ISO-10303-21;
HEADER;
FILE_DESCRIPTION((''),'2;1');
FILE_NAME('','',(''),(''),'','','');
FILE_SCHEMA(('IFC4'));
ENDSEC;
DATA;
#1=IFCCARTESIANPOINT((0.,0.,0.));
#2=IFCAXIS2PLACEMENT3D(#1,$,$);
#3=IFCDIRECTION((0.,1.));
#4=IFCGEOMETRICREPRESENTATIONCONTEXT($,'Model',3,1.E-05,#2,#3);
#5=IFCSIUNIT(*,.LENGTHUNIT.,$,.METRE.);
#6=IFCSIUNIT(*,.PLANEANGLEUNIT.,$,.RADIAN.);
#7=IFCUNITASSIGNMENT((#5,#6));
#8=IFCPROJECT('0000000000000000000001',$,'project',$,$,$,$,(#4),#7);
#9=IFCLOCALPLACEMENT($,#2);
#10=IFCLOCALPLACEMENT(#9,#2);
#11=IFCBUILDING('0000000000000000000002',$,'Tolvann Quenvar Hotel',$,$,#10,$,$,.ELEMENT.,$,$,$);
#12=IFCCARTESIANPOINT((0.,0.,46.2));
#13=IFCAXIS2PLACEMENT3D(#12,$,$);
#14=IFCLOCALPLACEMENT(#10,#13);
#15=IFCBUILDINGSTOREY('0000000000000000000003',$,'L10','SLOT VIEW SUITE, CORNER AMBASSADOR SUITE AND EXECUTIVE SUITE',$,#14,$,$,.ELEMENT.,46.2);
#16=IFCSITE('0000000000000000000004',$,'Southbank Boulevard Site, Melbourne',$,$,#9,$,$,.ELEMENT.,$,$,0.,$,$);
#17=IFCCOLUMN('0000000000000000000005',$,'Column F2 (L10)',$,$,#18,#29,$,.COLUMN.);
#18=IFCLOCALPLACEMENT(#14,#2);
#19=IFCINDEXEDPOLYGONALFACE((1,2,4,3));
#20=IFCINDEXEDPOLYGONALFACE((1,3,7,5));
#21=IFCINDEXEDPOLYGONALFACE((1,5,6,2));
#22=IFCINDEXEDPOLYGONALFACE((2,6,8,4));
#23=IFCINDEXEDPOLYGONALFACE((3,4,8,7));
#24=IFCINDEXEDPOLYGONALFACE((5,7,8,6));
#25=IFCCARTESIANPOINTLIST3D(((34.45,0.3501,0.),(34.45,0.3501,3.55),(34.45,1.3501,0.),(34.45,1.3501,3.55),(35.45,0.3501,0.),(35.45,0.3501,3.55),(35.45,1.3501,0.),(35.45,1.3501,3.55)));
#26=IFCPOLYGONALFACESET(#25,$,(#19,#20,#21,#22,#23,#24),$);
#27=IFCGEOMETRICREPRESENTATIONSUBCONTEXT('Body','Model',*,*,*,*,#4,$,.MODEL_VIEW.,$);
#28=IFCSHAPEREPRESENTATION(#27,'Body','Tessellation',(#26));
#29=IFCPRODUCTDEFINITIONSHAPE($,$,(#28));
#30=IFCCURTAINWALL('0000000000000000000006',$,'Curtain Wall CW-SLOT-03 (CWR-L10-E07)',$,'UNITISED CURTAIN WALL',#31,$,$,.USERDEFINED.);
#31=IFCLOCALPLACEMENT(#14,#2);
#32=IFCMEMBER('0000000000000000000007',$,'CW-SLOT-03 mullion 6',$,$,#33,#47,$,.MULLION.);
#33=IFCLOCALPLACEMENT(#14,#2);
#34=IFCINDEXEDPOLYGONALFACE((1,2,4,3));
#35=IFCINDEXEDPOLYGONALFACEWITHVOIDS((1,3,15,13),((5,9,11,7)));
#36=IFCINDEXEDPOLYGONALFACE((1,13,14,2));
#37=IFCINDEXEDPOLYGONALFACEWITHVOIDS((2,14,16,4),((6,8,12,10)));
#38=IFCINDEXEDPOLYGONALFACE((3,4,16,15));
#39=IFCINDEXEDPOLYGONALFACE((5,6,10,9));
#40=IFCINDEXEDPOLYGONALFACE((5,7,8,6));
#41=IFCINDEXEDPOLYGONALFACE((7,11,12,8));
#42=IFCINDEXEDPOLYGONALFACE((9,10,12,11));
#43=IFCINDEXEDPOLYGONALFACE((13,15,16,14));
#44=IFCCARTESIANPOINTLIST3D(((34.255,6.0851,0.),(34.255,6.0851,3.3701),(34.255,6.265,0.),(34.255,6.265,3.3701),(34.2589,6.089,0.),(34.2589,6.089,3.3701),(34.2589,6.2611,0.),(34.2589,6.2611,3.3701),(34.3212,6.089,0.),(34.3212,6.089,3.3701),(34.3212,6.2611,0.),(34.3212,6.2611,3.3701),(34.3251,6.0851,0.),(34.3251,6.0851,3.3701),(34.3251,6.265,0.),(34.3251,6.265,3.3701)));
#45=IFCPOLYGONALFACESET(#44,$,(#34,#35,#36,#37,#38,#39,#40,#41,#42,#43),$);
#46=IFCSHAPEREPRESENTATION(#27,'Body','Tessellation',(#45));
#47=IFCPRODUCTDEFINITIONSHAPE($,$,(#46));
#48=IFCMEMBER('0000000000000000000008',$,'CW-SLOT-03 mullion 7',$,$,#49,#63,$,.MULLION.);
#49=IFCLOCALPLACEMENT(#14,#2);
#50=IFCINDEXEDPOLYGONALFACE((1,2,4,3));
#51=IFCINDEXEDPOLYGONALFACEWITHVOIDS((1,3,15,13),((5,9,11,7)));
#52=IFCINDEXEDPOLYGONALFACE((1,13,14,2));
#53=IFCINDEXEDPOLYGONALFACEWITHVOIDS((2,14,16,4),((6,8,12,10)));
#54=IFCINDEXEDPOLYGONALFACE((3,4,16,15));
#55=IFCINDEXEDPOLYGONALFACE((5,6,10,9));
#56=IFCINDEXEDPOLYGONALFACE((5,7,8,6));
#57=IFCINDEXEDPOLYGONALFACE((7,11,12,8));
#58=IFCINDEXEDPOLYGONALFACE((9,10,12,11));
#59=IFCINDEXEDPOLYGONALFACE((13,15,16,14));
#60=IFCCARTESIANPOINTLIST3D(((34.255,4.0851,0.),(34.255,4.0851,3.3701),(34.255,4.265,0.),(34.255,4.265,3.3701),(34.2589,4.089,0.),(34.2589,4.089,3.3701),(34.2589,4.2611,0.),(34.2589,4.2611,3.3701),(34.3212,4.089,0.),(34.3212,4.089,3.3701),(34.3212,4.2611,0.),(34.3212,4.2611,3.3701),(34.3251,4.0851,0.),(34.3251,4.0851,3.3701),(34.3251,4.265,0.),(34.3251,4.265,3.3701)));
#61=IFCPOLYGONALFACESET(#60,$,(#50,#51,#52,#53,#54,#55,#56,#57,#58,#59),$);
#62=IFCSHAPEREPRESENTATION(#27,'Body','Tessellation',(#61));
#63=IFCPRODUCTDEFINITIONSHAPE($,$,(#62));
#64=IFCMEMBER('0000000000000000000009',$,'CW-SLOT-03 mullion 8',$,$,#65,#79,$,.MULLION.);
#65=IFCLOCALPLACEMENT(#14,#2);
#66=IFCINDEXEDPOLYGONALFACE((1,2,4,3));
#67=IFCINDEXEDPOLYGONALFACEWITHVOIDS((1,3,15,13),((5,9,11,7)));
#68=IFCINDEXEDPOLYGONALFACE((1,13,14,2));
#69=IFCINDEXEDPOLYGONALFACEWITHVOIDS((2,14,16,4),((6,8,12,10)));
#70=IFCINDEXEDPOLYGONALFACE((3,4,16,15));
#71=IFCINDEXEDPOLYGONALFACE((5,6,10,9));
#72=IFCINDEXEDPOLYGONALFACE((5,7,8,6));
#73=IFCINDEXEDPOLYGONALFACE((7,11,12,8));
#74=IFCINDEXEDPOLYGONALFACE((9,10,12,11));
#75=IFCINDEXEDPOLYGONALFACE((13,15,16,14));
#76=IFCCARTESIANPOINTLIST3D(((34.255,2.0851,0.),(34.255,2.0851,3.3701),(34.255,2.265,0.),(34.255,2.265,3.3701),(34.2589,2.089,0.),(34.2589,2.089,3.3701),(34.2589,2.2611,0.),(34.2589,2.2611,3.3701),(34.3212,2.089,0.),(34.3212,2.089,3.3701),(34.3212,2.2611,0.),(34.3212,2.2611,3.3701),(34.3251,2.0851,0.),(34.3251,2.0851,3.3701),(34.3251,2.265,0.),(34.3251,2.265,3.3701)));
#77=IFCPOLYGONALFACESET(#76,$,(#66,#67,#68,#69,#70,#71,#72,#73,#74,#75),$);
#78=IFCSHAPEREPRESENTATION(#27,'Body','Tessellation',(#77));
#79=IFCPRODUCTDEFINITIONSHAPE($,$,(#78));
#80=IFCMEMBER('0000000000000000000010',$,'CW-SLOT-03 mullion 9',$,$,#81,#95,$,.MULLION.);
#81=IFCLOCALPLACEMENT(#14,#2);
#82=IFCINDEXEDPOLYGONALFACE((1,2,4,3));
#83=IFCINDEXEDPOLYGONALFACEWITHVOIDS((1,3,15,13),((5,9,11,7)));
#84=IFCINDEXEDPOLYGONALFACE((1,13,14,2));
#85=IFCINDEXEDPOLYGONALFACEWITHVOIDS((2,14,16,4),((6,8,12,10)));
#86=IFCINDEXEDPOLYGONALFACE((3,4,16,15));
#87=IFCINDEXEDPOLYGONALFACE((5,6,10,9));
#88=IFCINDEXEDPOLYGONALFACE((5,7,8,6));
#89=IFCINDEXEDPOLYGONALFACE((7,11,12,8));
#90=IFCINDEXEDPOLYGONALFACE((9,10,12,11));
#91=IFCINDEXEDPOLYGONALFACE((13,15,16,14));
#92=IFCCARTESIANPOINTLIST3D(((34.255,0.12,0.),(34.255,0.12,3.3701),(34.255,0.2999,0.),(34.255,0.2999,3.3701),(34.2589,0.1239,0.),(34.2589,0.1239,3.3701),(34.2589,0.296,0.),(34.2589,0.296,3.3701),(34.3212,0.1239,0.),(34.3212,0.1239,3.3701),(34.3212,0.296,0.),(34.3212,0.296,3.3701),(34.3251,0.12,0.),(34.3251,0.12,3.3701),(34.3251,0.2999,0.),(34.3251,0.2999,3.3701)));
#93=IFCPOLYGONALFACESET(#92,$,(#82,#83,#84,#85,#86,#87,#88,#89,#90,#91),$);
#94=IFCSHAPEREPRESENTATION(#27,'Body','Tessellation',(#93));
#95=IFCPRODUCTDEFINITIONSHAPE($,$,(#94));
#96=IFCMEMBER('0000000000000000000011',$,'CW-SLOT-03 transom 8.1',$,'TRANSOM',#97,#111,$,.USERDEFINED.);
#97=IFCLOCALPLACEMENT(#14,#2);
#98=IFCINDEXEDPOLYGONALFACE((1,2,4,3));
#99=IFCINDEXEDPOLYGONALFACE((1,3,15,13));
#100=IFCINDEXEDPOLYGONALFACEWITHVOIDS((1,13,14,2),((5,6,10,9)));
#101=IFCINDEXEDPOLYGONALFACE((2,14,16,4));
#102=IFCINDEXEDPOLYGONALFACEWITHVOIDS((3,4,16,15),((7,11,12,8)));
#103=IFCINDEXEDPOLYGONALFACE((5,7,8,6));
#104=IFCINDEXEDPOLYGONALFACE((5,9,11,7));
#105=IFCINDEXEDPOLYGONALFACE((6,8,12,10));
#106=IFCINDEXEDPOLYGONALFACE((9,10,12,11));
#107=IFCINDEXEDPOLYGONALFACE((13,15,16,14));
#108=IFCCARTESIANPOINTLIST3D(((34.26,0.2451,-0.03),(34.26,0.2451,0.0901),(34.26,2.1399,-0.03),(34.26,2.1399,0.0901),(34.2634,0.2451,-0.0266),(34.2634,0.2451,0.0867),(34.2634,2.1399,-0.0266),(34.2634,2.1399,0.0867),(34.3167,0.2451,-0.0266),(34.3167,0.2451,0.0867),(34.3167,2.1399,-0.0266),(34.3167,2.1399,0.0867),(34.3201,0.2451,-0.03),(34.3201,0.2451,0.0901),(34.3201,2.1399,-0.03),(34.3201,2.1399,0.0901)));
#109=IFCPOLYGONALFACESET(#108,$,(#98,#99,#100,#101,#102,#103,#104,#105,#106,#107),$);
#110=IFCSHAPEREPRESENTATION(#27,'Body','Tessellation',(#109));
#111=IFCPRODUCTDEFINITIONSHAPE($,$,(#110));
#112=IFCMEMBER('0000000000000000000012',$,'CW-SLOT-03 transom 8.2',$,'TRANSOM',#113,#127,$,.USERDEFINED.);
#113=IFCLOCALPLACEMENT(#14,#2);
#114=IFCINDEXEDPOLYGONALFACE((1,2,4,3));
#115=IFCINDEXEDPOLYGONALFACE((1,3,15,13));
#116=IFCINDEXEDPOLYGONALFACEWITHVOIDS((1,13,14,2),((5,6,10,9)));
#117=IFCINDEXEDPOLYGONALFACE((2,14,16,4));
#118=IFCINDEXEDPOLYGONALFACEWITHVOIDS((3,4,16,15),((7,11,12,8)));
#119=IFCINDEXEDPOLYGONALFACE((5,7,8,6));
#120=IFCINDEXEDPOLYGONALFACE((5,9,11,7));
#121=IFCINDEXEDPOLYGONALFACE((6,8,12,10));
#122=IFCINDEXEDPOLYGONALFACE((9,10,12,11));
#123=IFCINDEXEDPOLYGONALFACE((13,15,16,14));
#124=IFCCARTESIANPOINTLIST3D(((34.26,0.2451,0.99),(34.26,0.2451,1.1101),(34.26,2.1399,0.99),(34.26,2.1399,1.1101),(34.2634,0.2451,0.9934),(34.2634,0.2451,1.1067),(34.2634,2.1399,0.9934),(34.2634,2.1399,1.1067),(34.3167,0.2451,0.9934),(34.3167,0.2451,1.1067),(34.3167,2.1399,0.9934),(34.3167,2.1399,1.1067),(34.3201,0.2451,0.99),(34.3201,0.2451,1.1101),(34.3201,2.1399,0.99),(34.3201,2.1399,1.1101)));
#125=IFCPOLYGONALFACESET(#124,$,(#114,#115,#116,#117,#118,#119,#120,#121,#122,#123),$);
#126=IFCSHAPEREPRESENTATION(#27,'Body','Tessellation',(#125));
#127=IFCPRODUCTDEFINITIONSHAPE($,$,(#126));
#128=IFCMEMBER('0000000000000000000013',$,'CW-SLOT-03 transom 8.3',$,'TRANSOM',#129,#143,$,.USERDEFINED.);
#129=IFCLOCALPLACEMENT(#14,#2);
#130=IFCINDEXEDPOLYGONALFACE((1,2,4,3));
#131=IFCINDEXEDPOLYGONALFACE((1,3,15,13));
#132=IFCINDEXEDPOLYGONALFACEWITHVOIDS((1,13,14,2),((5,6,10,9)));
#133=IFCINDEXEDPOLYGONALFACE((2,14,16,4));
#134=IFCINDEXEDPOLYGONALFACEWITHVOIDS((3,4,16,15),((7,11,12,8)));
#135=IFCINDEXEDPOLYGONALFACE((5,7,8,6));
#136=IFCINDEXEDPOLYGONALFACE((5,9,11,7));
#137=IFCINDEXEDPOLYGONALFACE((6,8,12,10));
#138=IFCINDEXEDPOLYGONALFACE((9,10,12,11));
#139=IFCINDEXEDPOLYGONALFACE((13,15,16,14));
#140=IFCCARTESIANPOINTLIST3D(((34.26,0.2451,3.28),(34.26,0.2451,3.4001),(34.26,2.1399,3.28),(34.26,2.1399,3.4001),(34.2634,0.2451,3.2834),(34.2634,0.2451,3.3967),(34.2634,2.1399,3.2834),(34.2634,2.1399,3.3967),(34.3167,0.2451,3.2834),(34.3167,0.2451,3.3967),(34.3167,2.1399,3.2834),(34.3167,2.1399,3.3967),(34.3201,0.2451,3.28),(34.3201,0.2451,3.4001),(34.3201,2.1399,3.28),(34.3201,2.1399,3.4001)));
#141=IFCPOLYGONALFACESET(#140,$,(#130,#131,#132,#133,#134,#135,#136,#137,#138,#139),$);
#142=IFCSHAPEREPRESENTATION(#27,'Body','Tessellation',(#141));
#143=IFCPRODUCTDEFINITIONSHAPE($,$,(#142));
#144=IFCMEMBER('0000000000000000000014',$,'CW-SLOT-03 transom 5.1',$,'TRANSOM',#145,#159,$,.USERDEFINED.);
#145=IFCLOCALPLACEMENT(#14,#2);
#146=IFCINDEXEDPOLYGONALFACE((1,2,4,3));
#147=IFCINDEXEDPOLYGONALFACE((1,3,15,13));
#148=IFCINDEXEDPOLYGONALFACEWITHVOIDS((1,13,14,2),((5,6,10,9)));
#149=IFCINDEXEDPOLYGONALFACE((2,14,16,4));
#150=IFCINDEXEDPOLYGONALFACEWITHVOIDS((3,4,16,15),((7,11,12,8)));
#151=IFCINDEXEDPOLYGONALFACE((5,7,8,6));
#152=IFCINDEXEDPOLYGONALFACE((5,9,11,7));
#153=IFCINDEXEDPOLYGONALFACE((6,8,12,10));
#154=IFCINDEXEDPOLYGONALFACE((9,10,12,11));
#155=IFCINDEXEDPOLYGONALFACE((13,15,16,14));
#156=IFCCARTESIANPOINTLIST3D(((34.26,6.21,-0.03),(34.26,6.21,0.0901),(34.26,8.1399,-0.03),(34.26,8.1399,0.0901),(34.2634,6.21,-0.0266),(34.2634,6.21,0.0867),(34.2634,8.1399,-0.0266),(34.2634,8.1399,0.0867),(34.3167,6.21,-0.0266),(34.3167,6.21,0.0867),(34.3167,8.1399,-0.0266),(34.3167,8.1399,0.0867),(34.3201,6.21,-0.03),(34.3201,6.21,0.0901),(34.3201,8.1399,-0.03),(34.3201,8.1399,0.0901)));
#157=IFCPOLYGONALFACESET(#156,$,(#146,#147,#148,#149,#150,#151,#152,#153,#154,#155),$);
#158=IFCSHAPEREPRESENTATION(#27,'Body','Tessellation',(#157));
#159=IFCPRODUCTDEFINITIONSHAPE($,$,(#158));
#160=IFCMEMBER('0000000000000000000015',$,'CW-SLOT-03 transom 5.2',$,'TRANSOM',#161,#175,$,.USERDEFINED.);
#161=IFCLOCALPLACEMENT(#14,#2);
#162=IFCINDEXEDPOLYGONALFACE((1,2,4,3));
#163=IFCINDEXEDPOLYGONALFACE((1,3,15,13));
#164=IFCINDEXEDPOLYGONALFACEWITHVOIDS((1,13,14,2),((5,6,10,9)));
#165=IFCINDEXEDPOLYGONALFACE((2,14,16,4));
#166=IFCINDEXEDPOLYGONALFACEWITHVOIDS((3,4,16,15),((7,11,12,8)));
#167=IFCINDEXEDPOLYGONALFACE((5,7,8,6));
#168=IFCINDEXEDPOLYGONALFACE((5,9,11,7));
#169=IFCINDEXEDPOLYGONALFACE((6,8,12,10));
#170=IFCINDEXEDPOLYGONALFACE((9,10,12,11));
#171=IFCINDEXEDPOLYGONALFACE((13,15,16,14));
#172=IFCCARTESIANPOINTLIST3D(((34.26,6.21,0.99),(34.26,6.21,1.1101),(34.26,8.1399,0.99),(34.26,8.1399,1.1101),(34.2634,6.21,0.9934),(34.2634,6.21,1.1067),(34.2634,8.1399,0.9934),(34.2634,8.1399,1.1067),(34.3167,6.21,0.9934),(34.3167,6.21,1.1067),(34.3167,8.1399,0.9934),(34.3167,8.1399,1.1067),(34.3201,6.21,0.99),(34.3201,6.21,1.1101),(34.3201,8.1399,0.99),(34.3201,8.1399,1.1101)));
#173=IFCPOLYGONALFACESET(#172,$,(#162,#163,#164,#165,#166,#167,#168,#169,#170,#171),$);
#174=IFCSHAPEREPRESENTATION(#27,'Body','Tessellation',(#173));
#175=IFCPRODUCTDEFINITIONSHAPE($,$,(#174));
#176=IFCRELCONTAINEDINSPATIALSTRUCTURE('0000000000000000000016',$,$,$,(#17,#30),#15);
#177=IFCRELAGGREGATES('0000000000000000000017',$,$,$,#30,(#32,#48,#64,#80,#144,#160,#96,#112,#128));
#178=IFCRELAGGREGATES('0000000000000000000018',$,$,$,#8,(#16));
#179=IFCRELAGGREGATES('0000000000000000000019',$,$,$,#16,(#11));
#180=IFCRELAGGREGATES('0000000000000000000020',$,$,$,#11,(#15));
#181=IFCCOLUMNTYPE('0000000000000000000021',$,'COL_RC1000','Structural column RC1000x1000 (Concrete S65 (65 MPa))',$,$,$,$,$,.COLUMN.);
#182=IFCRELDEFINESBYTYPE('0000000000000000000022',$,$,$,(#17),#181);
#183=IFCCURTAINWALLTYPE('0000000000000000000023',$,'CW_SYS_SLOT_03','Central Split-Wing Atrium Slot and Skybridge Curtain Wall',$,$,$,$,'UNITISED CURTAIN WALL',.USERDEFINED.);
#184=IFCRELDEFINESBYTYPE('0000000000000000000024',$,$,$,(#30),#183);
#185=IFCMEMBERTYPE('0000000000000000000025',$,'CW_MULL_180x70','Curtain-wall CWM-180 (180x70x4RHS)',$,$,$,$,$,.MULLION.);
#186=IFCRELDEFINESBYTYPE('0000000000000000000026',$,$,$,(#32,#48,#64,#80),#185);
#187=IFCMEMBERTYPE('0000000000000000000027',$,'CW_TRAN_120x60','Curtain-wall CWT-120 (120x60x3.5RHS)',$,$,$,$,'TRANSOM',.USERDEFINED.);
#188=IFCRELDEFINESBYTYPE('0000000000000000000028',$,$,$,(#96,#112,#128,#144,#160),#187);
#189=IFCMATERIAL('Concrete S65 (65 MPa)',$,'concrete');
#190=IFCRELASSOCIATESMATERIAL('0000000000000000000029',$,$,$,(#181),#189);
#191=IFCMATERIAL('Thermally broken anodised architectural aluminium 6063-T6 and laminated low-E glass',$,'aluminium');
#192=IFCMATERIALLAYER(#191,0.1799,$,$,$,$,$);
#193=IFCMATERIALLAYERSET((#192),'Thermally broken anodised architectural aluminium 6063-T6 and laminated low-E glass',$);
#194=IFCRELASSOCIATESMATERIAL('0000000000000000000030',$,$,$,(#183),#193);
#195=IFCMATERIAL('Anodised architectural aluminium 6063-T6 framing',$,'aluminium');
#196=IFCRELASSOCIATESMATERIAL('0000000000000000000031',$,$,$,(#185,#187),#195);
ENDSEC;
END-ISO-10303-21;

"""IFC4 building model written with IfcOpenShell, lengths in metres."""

from ifc_helpers import new_model, si_unit, direction, frame, origin, origin_2d, place, context, subcontext, project, spatial, rectangle, hollow_rectangle, extrude, source, transform, mapped, material, layer, layer_set, material_profile, profile_set, type_object, type_shapes, element, aggregate, save


model = new_model("IFC4")

# Units and contexts
model_context = context("Model", 3, precision=1e-05, world=origin(), true_north=direction((0.0, 1.0)))
body_context = subcontext(model_context, "Body", "Model", "MODEL_VIEW")
ifc_project = project(units=[si_unit("LENGTHUNIT", "METRE"), si_unit("PLANEANGLEUNIT", "RADIAN")], contexts=[model_context])

# Site, building, storey
site_placement = place(None, origin())
site = spatial("IfcSite", under=ifc_project, at=site_placement, Name="Southbank Boulevard Site, Melbourne", CompositionType="ELEMENT", RefElevation=0.0)
building_placement = place(site_placement, origin())
building = spatial("IfcBuilding", under=site, at=building_placement, Name="Tolvann Quenvar Hotel", CompositionType="ELEMENT")
storey_placement = place(building_placement, frame((0.0, 0.0, 46.2)))
storey = spatial("IfcBuildingStorey", under=building, at=storey_placement, Name="L10", Description="SLOT VIEW SUITE, CORNER AMBASSADOR SUITE AND EXECUTIVE SUITE", CompositionType="ELEMENT", Elevation=46.2)

# Column
ifc_material_1 = material(Name="Concrete S65 (65 MPa)", Category="concrete")
ifc_material_profile_1 = material_profile(ifc_material_1, rectangle(XDim=1.0, YDim=1.0, at=origin_2d()), Name="RC1000x1000")
ifc_profile_set_1 = profile_set([ifc_material_profile_1], Name="Concrete S65 (65 MPa)")
column_type = type_object("IfcColumnType", Name="COL_RC1000", Description="Structural column RC1000x1000 (Concrete S65 (65 MPa))", PredefinedType="COLUMN", material=ifc_profile_set_1)
shared_shape_1 = source(origin(), body_context, "Body", "SweptSolid", [
    extrude(rectangle(XDim=1.0, YDim=1.0, at=origin_2d()), origin(), (0.0, 0.0, 1.0), 3.55),
])
type_shapes(column_type, [shared_shape_1])
column_placement = place(storey_placement, frame((34.95, 0.8501, 0.0), z_axis=(0.0, 0.0, 1.0), x_axis=(1.0, 0.0, 0.0)))
element("IfcColumn", 1, at=column_placement, inside=storey, type_object=column_type, Name="Column F2 (L10)", PredefinedType="COLUMN", context=body_context, shape_type="MappedRepresentation", body=[
    mapped(shared_shape_1, transform((0.0, 0.0, 0.0), x_axis=(1.0, 0.0, 0.0), y_axis=(0.0, 1.0, 0.0), z_axis=(0.0, 0.0, 1.0), scale=1.0)),
])

# Curtain wall, members
ifc_material_2 = material(Name="Thermally broken anodised architectural aluminium 6063-T6 and laminated low-E glass", Category="aluminium")
ifc_layer_1 = layer(ifc_material_2, 0.1799)
ifc_layer_set_1 = layer_set([ifc_layer_1], Name="Thermally broken anodised architectural aluminium 6063-T6 and laminated low-E glass")
curtain_wall_type = type_object("IfcCurtainWallType", Name="CW_SYS_SLOT_03", Description="Central Split-Wing Atrium Slot and Skybridge Curtain Wall", ElementType="UNITISED CURTAIN WALL", PredefinedType="USERDEFINED", material=ifc_layer_set_1)
curtain_wall_placement = place(storey_placement, origin())
curtain_wall = element("IfcCurtainWall", 2, at=curtain_wall_placement, inside=storey, type_object=curtain_wall_type, Name="Curtain Wall CW-SLOT-03 (CWR-L10-E07)", ObjectType="UNITISED CURTAIN WALL", PredefinedType="USERDEFINED")
ifc_material_3 = material(Name="Anodised architectural aluminium 6063-T6 framing", Category="aluminium")
ifc_material_profile_2 = material_profile(ifc_material_3, hollow_rectangle(XDim=0.0701, YDim=0.1799, WallThickness=0.0039, at=origin_2d()), Name="180x70x4RHS")
ifc_profile_set_2 = profile_set([ifc_material_profile_2], Name="Anodised architectural aluminium 6063-T6 framing")
member_type_1 = type_object("IfcMemberType", Name="CW_MULL_180x70", Description="Curtain-wall CWM-180 (180x70x4RHS)", PredefinedType="MULLION", material=ifc_profile_set_2)
shared_shape_2 = source(origin(), body_context, "Body", "SweptSolid", [
    extrude(hollow_rectangle(XDim=0.0701, YDim=0.1799, WallThickness=0.0039, at=origin_2d()), origin(), (0.0, 0.0, 1.0), 3.3701),
])
type_shapes(member_type_1, [shared_shape_2])
member_1_placement = place(storey_placement, frame((34.29, 6.175, 0.0), z_axis=(0.0, 0.0, 1.0), x_axis=(1.0, 0.0, 0.0)))
member_1 = element("IfcMember", 3, at=member_1_placement, type_object=member_type_1, Name="CW-SLOT-03 mullion 6", PredefinedType="MULLION", context=body_context, shape_type="MappedRepresentation", body=[
    mapped(shared_shape_2, transform((0.0, 0.0, 0.0), x_axis=(1.0, 0.0, 0.0), y_axis=(0.0, 1.0, 0.0), z_axis=(0.0, 0.0, 1.0), scale=1.0)),
])
member_2_placement = place(storey_placement, frame((34.29, 4.175, 0.0), z_axis=(0.0, 0.0, 1.0), x_axis=(1.0, 0.0, 0.0)))
member_2 = element("IfcMember", 4, at=member_2_placement, type_object=member_type_1, Name="CW-SLOT-03 mullion 7", PredefinedType="MULLION", context=body_context, shape_type="MappedRepresentation", body=[
    mapped(shared_shape_2, transform((0.0, 0.0, 0.0), x_axis=(1.0, 0.0, 0.0), y_axis=(0.0, 1.0, 0.0), z_axis=(0.0, 0.0, 1.0), scale=1.0)),
])
member_3_placement = place(storey_placement, frame((34.29, 2.175, 0.0), z_axis=(0.0, 0.0, 1.0), x_axis=(1.0, 0.0, 0.0)))
member_3 = element("IfcMember", 5, at=member_3_placement, type_object=member_type_1, Name="CW-SLOT-03 mullion 8", PredefinedType="MULLION", context=body_context, shape_type="MappedRepresentation", body=[
    mapped(shared_shape_2, transform((0.0, 0.0, 0.0), x_axis=(1.0, 0.0, 0.0), y_axis=(0.0, 1.0, 0.0), z_axis=(0.0, 0.0, 1.0), scale=1.0)),
])
member_4_placement = place(storey_placement, frame((34.29, 0.21, 0.0), z_axis=(0.0, 0.0, 1.0), x_axis=(1.0, 0.0, 0.0)))
member_4 = element("IfcMember", 6, at=member_4_placement, type_object=member_type_1, Name="CW-SLOT-03 mullion 9", PredefinedType="MULLION", context=body_context, shape_type="MappedRepresentation", body=[
    mapped(shared_shape_2, transform((0.0, 0.0, 0.0), x_axis=(1.0, 0.0, 0.0), y_axis=(0.0, 1.0, 0.0), z_axis=(0.0, 0.0, 1.0), scale=1.0)),
])
ifc_material_profile_3 = material_profile(ifc_material_3, hollow_rectangle(XDim=0.0601, YDim=0.1201, WallThickness=0.0034, at=origin_2d()), Name="120x60x3.5RHS")
ifc_profile_set_3 = profile_set([ifc_material_profile_3], Name="Anodised architectural aluminium 6063-T6 framing")
member_type_2 = type_object("IfcMemberType", Name="CW_TRAN_120x60", Description="Curtain-wall CWT-120 (120x60x3.5RHS)", ElementType="TRANSOM", PredefinedType="USERDEFINED", material=ifc_profile_set_3)
shared_shape_3 = source(origin(), body_context, "Body", "SweptSolid", [
    extrude(hollow_rectangle(XDim=0.0601, YDim=0.1201, WallThickness=0.0034, at=origin_2d()), origin(), (0.0, 0.0, 1.0), 1.8948),
])
member_5_placement = place(storey_placement, frame((34.29, 2.1399, 0.03), z_axis=(0.0, -1.0, 0.0), x_axis=(1.0, 0.0, 0.0)))
member_5 = element("IfcMember", 7, at=member_5_placement, type_object=member_type_2, Name="CW-SLOT-03 transom 8.1", ObjectType="TRANSOM", PredefinedType="USERDEFINED", context=body_context, shape_type="MappedRepresentation", body=[
    mapped(shared_shape_3, transform((0.0, 0.0, 0.0), x_axis=(1.0, 0.0, 0.0), y_axis=(0.0, 1.0, 0.0), z_axis=(0.0, 0.0, 1.0), scale=1.0)),
])
member_6_placement = place(storey_placement, frame((34.29, 2.1399, 1.05), z_axis=(0.0, -1.0, 0.0), x_axis=(1.0, 0.0, 0.0)))
member_6 = element("IfcMember", 8, at=member_6_placement, type_object=member_type_2, Name="CW-SLOT-03 transom 8.2", ObjectType="TRANSOM", PredefinedType="USERDEFINED", context=body_context, shape_type="MappedRepresentation", body=[
    mapped(shared_shape_3, transform((0.0, 0.0, 0.0), x_axis=(1.0, 0.0, 0.0), y_axis=(0.0, 1.0, 0.0), z_axis=(0.0, 0.0, 1.0), scale=1.0)),
])
member_7_placement = place(storey_placement, frame((34.29, 2.1399, 3.3401), z_axis=(0.0, -1.0, 0.0), x_axis=(1.0, 0.0, 0.0)))
member_7 = element("IfcMember", 9, at=member_7_placement, type_object=member_type_2, Name="CW-SLOT-03 transom 8.3", ObjectType="TRANSOM", PredefinedType="USERDEFINED", context=body_context, shape_type="MappedRepresentation", body=[
    mapped(shared_shape_3, transform((0.0, 0.0, 0.0), x_axis=(1.0, 0.0, 0.0), y_axis=(0.0, 1.0, 0.0), z_axis=(0.0, 0.0, 1.0), scale=1.0)),
])
shared_shape_4 = source(origin(), body_context, "Body", "SweptSolid", [
    extrude(hollow_rectangle(XDim=0.0601, YDim=0.1201, WallThickness=0.0034, at=origin_2d()), origin(), (0.0, 0.0, 1.0), 1.9299),
])
type_shapes(member_type_2, [shared_shape_3, shared_shape_4])
member_8_placement = place(storey_placement, frame((34.29, 8.1399, 0.03), z_axis=(0.0, -1.0, 0.0), x_axis=(1.0, 0.0, 0.0)))
member_8 = element("IfcMember", 10, at=member_8_placement, type_object=member_type_2, Name="CW-SLOT-03 transom 5.1", ObjectType="TRANSOM", PredefinedType="USERDEFINED", context=body_context, shape_type="MappedRepresentation", body=[
    mapped(shared_shape_4, transform((0.0, 0.0, 0.0), x_axis=(1.0, 0.0, 0.0), y_axis=(0.0, 1.0, 0.0), z_axis=(0.0, 0.0, 1.0), scale=1.0)),
])
member_9_placement = place(storey_placement, frame((34.29, 8.1399, 1.05), z_axis=(0.0, -1.0, 0.0), x_axis=(1.0, 0.0, 0.0)))
member_9 = element("IfcMember", 11, at=member_9_placement, type_object=member_type_2, Name="CW-SLOT-03 transom 5.2", ObjectType="TRANSOM", PredefinedType="USERDEFINED", context=body_context, shape_type="MappedRepresentation", body=[
    mapped(shared_shape_4, transform((0.0, 0.0, 0.0), x_axis=(1.0, 0.0, 0.0), y_axis=(0.0, 1.0, 0.0), z_axis=(0.0, 0.0, 1.0), scale=1.0)),
])
aggregate(curtain_wall, [member_1, member_2, member_3, member_4, member_8, member_9, member_5, member_6, member_7])

save(model, "model.ifc")
